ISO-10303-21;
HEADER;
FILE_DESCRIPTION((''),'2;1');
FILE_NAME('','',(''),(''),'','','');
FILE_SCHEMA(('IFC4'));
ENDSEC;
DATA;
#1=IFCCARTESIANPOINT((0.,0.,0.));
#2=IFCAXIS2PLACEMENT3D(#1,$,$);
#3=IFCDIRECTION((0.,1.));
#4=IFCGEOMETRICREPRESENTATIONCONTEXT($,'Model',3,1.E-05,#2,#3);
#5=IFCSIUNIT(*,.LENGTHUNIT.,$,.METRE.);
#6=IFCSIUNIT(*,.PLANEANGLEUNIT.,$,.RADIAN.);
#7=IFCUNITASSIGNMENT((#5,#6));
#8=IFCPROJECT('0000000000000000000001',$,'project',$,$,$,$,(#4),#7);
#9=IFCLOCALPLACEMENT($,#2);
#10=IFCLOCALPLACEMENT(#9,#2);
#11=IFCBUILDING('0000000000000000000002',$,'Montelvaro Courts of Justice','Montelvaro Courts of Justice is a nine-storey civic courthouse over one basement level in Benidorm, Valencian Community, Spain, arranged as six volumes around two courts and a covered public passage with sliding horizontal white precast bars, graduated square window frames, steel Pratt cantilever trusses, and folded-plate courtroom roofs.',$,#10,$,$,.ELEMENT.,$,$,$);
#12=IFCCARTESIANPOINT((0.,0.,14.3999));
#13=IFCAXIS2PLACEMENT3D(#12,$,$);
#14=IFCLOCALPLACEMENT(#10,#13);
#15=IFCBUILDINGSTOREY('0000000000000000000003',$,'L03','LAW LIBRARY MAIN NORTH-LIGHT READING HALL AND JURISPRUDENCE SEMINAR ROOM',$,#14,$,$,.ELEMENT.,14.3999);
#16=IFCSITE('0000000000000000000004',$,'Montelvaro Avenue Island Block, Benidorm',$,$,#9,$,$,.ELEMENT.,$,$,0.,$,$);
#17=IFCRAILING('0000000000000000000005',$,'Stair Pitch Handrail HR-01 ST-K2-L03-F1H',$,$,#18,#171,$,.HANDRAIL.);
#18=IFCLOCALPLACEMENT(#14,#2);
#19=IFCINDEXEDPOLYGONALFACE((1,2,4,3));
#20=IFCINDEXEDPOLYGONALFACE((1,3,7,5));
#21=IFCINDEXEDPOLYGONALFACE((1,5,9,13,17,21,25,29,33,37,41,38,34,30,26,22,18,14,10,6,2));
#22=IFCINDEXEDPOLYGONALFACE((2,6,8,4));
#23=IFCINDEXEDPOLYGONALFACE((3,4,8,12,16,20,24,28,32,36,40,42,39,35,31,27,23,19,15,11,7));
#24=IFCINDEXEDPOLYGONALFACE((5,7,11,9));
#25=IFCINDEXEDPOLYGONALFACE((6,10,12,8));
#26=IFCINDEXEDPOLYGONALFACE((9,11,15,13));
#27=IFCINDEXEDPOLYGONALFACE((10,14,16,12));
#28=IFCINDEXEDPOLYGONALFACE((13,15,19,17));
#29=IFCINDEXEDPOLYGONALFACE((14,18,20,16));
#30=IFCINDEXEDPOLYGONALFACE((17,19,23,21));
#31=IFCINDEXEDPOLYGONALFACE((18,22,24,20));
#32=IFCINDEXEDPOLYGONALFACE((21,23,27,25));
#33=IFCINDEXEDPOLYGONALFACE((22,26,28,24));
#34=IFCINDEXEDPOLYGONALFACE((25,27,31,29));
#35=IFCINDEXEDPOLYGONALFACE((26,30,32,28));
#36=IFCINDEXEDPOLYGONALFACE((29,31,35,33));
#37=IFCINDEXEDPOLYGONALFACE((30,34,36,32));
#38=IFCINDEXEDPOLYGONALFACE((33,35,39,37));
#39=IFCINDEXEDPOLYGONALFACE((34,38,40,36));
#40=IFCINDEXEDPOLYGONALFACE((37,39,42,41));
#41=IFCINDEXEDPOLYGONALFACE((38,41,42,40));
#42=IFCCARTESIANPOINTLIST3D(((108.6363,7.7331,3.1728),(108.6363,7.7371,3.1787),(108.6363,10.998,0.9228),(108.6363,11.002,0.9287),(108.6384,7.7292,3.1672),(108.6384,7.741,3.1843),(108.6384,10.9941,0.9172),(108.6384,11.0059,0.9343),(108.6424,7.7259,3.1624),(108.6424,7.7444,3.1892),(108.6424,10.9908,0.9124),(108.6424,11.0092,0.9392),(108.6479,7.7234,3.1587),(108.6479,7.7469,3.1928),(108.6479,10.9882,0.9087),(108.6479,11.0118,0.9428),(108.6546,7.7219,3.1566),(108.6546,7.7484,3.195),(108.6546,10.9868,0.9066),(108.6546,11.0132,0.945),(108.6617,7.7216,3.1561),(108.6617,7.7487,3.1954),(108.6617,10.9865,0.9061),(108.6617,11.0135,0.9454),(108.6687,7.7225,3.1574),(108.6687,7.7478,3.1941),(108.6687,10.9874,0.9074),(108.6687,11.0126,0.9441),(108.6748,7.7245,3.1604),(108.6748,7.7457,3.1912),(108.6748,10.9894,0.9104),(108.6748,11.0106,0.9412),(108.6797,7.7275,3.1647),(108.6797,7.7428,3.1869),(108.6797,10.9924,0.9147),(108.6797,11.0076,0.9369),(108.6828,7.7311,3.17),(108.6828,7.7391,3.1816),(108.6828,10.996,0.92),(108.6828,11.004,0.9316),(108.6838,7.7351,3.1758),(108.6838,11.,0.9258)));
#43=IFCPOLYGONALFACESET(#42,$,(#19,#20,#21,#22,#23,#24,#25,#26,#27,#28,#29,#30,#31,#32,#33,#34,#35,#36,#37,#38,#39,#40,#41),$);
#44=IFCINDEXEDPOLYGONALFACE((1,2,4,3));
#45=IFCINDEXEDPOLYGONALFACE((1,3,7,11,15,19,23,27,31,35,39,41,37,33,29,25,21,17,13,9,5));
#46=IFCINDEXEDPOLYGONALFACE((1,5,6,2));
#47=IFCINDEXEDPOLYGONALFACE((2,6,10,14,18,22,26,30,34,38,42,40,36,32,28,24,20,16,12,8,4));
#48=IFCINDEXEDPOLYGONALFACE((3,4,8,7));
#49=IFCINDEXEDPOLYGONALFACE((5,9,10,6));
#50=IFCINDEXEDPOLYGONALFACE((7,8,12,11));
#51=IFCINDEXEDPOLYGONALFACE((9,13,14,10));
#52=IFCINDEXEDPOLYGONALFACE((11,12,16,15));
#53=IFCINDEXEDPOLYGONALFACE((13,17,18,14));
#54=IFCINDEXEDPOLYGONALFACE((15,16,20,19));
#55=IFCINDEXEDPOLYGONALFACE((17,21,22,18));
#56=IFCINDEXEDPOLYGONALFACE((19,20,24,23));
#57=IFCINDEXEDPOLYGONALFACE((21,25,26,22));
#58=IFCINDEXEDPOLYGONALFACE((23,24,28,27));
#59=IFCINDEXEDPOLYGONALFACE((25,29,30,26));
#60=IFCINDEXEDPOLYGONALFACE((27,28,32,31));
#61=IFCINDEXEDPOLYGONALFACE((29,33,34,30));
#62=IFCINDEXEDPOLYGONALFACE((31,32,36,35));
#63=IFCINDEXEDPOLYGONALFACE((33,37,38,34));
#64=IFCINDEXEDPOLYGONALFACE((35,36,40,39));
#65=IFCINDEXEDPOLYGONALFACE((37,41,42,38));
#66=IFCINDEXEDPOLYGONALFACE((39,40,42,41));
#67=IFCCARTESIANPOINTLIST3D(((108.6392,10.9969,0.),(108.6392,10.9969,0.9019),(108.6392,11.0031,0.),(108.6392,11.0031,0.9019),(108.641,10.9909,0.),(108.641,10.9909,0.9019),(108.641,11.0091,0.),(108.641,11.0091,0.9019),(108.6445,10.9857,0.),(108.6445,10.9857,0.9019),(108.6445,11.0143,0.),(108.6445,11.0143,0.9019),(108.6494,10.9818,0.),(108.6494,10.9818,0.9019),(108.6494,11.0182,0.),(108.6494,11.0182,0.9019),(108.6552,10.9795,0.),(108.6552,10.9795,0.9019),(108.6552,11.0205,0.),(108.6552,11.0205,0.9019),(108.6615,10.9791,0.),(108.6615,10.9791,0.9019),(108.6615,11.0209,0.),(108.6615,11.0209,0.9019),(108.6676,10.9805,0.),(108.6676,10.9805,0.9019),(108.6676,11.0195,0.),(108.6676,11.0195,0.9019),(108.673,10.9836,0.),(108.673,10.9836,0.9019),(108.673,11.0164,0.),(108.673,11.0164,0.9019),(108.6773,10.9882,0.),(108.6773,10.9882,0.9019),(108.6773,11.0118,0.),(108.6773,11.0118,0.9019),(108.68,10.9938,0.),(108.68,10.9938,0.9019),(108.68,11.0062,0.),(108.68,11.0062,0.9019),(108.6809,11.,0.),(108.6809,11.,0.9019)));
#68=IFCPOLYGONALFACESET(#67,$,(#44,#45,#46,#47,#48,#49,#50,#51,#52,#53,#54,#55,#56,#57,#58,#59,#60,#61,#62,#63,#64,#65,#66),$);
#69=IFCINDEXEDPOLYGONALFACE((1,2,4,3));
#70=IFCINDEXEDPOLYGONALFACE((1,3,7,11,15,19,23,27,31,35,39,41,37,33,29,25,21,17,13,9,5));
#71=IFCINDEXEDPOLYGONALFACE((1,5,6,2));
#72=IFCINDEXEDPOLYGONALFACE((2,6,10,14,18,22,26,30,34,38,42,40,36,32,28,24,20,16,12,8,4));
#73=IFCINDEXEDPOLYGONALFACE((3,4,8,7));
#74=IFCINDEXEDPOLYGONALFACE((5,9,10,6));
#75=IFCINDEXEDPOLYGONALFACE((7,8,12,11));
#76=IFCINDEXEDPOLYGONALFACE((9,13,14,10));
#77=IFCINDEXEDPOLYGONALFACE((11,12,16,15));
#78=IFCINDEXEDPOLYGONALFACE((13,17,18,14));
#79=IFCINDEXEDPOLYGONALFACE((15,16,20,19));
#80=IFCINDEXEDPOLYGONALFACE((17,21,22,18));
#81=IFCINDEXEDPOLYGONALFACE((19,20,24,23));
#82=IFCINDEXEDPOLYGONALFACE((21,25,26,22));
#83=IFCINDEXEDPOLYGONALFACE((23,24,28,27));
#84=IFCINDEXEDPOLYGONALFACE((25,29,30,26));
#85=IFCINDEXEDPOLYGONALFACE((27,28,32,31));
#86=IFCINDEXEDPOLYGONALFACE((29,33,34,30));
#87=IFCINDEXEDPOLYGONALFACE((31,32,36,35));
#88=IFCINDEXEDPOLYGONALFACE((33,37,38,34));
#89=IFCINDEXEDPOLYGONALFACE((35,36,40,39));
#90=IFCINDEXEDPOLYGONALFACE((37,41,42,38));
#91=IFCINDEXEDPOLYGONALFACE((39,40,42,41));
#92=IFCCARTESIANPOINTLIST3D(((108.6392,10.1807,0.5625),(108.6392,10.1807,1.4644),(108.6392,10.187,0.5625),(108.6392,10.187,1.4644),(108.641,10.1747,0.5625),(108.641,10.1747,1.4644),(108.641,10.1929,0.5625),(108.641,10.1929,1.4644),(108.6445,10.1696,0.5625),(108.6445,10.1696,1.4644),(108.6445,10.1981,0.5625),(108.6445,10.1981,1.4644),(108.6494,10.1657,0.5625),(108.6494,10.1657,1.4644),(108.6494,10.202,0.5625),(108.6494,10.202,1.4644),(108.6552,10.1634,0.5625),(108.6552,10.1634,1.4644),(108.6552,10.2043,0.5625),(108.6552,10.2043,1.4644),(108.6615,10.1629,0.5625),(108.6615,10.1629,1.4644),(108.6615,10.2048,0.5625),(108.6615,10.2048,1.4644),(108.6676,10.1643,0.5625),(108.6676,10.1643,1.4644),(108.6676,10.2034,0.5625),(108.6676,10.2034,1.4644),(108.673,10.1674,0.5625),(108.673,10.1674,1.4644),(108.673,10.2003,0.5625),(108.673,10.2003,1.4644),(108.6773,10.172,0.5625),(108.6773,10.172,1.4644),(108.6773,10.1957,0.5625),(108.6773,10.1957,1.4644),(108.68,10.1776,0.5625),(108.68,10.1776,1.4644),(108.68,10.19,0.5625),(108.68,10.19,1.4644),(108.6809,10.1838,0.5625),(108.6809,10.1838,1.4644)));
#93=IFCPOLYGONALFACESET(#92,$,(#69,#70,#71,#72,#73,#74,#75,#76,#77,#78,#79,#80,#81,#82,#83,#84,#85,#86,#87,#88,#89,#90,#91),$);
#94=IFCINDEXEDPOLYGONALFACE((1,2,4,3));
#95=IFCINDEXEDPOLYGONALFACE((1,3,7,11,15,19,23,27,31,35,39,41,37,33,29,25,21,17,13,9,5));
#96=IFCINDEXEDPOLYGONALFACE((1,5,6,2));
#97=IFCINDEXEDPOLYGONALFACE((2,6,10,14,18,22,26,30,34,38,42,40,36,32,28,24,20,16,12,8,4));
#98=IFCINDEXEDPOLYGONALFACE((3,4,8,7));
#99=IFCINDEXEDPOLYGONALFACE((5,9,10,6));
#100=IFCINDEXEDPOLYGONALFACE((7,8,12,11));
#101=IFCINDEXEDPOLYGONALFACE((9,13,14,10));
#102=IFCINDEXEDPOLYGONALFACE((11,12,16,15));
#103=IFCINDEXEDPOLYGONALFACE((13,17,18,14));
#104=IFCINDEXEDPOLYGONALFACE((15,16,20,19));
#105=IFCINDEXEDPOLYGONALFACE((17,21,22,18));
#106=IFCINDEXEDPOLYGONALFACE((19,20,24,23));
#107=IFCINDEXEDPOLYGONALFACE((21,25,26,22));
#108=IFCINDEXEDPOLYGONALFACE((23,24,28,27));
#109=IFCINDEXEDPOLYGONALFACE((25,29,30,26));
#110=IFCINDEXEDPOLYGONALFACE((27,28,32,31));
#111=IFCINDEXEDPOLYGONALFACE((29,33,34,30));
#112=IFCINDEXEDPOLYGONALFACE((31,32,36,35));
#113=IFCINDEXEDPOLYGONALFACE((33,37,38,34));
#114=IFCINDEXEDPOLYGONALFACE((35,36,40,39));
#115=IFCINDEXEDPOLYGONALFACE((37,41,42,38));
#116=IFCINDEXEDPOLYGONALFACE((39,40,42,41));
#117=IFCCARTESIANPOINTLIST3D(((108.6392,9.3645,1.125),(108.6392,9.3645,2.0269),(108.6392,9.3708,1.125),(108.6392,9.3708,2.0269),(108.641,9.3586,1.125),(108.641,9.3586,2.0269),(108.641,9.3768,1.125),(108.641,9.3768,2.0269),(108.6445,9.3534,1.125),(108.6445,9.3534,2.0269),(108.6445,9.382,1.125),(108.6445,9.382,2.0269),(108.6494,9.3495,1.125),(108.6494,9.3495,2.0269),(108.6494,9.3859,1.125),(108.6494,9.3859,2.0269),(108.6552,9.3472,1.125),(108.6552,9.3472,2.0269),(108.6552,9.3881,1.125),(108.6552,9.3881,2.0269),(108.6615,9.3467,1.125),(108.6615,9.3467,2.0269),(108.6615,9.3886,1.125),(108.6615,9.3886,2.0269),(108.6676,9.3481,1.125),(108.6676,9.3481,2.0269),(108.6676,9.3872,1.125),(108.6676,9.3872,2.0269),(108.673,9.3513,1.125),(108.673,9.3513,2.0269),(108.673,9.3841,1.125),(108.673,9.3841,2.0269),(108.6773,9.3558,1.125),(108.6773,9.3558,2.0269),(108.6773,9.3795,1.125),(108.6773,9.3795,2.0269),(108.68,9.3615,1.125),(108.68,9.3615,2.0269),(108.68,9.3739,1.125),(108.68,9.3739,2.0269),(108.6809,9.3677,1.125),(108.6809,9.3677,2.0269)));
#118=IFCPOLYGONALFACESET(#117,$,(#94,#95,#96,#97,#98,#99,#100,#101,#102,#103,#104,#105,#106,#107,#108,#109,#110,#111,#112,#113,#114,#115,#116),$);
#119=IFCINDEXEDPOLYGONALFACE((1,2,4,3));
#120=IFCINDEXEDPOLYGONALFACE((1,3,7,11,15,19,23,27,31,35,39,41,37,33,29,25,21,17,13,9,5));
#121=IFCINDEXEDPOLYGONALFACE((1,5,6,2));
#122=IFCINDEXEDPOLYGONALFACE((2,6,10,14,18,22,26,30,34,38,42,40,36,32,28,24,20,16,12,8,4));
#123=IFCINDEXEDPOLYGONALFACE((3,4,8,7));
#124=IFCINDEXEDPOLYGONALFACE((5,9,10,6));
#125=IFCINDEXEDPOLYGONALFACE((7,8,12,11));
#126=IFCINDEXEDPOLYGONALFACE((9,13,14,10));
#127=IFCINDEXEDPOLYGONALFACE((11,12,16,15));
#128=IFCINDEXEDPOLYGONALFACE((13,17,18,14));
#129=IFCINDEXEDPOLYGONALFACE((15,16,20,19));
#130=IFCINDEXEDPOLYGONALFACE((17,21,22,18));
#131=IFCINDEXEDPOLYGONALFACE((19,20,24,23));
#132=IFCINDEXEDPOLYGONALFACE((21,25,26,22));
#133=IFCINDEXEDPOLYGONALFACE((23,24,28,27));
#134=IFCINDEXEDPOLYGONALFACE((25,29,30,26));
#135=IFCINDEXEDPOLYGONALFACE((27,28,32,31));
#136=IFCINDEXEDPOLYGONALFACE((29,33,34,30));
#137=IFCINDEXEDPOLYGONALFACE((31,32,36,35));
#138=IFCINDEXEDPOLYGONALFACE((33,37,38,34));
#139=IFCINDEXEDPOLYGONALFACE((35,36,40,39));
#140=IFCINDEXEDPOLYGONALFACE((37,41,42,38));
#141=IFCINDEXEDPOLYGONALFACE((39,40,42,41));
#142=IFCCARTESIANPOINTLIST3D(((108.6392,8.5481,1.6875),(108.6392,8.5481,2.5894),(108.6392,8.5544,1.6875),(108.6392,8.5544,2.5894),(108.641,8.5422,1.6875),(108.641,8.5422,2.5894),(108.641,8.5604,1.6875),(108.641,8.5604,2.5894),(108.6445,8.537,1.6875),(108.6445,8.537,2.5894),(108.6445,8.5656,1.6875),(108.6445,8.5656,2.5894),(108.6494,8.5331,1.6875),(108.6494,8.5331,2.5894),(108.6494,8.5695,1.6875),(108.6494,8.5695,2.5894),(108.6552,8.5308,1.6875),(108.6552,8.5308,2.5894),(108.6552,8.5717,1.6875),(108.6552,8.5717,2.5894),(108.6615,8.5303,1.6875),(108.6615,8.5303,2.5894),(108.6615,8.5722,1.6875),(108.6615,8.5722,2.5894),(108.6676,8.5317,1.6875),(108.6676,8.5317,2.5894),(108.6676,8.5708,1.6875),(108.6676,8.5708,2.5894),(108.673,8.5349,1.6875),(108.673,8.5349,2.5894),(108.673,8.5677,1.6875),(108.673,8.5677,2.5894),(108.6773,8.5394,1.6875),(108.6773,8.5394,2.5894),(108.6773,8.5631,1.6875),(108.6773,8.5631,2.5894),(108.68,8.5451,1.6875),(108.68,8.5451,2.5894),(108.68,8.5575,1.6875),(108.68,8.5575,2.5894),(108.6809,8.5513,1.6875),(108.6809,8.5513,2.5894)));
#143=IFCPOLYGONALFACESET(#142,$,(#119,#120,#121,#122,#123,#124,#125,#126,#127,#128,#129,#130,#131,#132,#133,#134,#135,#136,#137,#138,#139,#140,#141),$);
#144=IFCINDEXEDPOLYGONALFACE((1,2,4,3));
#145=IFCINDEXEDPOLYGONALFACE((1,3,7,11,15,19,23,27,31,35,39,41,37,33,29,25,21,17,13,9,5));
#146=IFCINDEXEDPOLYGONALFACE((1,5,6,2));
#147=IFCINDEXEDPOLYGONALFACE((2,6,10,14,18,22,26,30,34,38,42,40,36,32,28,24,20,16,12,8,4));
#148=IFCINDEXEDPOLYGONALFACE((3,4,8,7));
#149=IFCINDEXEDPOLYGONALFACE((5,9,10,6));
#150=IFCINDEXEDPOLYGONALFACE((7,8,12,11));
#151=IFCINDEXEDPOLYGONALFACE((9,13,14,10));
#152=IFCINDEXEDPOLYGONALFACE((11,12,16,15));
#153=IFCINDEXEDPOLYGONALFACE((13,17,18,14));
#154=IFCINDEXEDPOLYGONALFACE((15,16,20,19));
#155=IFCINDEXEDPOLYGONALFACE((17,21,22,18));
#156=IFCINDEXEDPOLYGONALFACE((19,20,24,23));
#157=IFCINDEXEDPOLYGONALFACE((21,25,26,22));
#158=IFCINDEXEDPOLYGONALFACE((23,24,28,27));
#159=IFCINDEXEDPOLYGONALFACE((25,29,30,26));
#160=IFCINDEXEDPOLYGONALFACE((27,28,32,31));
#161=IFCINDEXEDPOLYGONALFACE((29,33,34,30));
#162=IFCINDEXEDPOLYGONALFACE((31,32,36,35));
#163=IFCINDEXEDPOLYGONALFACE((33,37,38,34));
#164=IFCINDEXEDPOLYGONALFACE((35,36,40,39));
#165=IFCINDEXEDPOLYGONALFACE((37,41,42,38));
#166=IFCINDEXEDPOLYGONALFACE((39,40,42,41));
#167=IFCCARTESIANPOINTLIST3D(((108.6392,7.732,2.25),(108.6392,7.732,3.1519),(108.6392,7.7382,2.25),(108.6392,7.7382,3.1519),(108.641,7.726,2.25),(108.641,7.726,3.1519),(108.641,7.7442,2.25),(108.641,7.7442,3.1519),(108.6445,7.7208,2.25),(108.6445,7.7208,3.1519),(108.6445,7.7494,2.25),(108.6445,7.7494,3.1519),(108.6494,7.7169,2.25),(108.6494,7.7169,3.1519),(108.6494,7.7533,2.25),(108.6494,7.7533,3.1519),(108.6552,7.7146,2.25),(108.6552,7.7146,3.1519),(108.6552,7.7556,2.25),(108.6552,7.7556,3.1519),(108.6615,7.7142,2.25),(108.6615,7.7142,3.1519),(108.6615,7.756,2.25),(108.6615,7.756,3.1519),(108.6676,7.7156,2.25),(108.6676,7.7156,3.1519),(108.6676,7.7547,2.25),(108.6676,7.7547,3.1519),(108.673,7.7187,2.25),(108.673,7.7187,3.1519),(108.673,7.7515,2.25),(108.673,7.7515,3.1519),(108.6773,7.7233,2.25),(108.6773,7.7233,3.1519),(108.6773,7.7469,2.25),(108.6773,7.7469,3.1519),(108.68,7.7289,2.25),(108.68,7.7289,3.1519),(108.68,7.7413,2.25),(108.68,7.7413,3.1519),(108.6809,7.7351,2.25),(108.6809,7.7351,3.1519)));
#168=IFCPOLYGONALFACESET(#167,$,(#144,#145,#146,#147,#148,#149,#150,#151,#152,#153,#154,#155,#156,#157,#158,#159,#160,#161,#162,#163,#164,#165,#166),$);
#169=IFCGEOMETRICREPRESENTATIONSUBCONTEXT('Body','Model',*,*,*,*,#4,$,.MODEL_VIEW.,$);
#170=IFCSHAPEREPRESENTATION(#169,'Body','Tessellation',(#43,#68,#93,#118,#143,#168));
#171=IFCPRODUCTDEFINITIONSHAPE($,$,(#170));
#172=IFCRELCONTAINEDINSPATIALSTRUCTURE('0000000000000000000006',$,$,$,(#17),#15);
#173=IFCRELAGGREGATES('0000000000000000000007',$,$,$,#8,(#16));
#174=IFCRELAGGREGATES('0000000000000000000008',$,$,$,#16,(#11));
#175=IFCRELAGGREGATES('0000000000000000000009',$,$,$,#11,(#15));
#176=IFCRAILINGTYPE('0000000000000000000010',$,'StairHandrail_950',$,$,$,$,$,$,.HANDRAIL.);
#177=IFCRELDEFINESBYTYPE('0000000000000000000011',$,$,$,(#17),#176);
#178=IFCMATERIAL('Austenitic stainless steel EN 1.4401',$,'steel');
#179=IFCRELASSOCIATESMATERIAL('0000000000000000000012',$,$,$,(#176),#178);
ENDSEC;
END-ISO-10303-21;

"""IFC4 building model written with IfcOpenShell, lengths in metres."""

from ifc_helpers import new_model, si_unit, direction, frame, origin, origin_2d, place, context, subcontext, project, spatial, circle, extrude, material, type_object, element, save


model = new_model("IFC4")

# Units and contexts
model_context = context("Model", 3, precision=1e-05, world=origin(), true_north=direction((0.0, 1.0)))
body_context = subcontext(model_context, "Body", "Model", "MODEL_VIEW")
ifc_project = project(units=[si_unit("LENGTHUNIT", "METRE"), si_unit("PLANEANGLEUNIT", "RADIAN")], contexts=[model_context])

# Site, building, storey
site_placement = place(None, origin())
site = spatial("IfcSite", under=ifc_project, at=site_placement, Name="Montelvaro Avenue Island Block, Benidorm", CompositionType="ELEMENT", RefElevation=0.0)
building_placement = place(site_placement, origin())
building = spatial("IfcBuilding", under=site, at=building_placement, Name="Montelvaro Courts of Justice", Description="Montelvaro Courts of Justice is a nine-storey civic courthouse over one basement level in Benidorm, Valencian Community, Spain, arranged as six volumes around two courts and a covered public passage with sliding horizontal white precast bars, graduated square window frames, steel Pratt cantilever trusses, and folded-plate courtroom roofs.", CompositionType="ELEMENT")
storey_placement = place(building_placement, frame((0.0, 0.0, 14.3999)))
storey = spatial("IfcBuildingStorey", under=building, at=storey_placement, Name="L03", Description="LAW LIBRARY MAIN NORTH-LIGHT READING HALL AND JURISPRUDENCE SEMINAR ROOM", CompositionType="ELEMENT", Elevation=14.3999)

# Railing
ifc_material_1 = material(Name="Austenitic stainless steel EN 1.4401", Category="steel")
railing_type_1 = type_object("IfcRailingType", Name="StairHandrail_950", PredefinedType="HANDRAIL", material=ifc_material_1)
railing_1_placement = place(storey_placement, frame((108.6599, 11.0, 0.0)))
element("IfcRailing", 1, at=railing_1_placement, inside=storey, type_object=railing_type_1, Name="Stair Pitch Handrail HR-01 ST-K2-L03-F1H", PredefinedType="HANDRAIL", context=body_context, shape_type="SweptSolid", body=[
    extrude(circle(Radius=0.0239, at=origin_2d()), frame((0.0, 0.0, 0.9258), z_axis=(0.0, -0.823407, 0.567451), x_axis=(1.0, 0.0, 0.0)), (0.0, 0.0, 1.0), 3.9651),
    extrude(circle(Radius=0.021, at=origin_2d()), origin(), (0.0, 0.0, 1.0), 0.9019),
    extrude(circle(Radius=0.021, at=origin_2d()), frame((0.0, -0.8162, 0.5625)), (0.0, 0.0, 1.0), 0.9019),
    extrude(circle(Radius=0.021, at=origin_2d()), frame((0.0, -1.6323, 1.125)), (0.0, 0.0, 1.0), 0.9019),
    extrude(circle(Radius=0.021, at=origin_2d()), frame((0.0, -2.4487, 1.6875)), (0.0, 0.0, 1.0), 0.9019),
    extrude(circle(Radius=0.021, at=origin_2d()), frame((0.0, -3.2649, 2.25)), (0.0, 0.0, 1.0), 0.9019),
])

save(model, "model.ifc")
